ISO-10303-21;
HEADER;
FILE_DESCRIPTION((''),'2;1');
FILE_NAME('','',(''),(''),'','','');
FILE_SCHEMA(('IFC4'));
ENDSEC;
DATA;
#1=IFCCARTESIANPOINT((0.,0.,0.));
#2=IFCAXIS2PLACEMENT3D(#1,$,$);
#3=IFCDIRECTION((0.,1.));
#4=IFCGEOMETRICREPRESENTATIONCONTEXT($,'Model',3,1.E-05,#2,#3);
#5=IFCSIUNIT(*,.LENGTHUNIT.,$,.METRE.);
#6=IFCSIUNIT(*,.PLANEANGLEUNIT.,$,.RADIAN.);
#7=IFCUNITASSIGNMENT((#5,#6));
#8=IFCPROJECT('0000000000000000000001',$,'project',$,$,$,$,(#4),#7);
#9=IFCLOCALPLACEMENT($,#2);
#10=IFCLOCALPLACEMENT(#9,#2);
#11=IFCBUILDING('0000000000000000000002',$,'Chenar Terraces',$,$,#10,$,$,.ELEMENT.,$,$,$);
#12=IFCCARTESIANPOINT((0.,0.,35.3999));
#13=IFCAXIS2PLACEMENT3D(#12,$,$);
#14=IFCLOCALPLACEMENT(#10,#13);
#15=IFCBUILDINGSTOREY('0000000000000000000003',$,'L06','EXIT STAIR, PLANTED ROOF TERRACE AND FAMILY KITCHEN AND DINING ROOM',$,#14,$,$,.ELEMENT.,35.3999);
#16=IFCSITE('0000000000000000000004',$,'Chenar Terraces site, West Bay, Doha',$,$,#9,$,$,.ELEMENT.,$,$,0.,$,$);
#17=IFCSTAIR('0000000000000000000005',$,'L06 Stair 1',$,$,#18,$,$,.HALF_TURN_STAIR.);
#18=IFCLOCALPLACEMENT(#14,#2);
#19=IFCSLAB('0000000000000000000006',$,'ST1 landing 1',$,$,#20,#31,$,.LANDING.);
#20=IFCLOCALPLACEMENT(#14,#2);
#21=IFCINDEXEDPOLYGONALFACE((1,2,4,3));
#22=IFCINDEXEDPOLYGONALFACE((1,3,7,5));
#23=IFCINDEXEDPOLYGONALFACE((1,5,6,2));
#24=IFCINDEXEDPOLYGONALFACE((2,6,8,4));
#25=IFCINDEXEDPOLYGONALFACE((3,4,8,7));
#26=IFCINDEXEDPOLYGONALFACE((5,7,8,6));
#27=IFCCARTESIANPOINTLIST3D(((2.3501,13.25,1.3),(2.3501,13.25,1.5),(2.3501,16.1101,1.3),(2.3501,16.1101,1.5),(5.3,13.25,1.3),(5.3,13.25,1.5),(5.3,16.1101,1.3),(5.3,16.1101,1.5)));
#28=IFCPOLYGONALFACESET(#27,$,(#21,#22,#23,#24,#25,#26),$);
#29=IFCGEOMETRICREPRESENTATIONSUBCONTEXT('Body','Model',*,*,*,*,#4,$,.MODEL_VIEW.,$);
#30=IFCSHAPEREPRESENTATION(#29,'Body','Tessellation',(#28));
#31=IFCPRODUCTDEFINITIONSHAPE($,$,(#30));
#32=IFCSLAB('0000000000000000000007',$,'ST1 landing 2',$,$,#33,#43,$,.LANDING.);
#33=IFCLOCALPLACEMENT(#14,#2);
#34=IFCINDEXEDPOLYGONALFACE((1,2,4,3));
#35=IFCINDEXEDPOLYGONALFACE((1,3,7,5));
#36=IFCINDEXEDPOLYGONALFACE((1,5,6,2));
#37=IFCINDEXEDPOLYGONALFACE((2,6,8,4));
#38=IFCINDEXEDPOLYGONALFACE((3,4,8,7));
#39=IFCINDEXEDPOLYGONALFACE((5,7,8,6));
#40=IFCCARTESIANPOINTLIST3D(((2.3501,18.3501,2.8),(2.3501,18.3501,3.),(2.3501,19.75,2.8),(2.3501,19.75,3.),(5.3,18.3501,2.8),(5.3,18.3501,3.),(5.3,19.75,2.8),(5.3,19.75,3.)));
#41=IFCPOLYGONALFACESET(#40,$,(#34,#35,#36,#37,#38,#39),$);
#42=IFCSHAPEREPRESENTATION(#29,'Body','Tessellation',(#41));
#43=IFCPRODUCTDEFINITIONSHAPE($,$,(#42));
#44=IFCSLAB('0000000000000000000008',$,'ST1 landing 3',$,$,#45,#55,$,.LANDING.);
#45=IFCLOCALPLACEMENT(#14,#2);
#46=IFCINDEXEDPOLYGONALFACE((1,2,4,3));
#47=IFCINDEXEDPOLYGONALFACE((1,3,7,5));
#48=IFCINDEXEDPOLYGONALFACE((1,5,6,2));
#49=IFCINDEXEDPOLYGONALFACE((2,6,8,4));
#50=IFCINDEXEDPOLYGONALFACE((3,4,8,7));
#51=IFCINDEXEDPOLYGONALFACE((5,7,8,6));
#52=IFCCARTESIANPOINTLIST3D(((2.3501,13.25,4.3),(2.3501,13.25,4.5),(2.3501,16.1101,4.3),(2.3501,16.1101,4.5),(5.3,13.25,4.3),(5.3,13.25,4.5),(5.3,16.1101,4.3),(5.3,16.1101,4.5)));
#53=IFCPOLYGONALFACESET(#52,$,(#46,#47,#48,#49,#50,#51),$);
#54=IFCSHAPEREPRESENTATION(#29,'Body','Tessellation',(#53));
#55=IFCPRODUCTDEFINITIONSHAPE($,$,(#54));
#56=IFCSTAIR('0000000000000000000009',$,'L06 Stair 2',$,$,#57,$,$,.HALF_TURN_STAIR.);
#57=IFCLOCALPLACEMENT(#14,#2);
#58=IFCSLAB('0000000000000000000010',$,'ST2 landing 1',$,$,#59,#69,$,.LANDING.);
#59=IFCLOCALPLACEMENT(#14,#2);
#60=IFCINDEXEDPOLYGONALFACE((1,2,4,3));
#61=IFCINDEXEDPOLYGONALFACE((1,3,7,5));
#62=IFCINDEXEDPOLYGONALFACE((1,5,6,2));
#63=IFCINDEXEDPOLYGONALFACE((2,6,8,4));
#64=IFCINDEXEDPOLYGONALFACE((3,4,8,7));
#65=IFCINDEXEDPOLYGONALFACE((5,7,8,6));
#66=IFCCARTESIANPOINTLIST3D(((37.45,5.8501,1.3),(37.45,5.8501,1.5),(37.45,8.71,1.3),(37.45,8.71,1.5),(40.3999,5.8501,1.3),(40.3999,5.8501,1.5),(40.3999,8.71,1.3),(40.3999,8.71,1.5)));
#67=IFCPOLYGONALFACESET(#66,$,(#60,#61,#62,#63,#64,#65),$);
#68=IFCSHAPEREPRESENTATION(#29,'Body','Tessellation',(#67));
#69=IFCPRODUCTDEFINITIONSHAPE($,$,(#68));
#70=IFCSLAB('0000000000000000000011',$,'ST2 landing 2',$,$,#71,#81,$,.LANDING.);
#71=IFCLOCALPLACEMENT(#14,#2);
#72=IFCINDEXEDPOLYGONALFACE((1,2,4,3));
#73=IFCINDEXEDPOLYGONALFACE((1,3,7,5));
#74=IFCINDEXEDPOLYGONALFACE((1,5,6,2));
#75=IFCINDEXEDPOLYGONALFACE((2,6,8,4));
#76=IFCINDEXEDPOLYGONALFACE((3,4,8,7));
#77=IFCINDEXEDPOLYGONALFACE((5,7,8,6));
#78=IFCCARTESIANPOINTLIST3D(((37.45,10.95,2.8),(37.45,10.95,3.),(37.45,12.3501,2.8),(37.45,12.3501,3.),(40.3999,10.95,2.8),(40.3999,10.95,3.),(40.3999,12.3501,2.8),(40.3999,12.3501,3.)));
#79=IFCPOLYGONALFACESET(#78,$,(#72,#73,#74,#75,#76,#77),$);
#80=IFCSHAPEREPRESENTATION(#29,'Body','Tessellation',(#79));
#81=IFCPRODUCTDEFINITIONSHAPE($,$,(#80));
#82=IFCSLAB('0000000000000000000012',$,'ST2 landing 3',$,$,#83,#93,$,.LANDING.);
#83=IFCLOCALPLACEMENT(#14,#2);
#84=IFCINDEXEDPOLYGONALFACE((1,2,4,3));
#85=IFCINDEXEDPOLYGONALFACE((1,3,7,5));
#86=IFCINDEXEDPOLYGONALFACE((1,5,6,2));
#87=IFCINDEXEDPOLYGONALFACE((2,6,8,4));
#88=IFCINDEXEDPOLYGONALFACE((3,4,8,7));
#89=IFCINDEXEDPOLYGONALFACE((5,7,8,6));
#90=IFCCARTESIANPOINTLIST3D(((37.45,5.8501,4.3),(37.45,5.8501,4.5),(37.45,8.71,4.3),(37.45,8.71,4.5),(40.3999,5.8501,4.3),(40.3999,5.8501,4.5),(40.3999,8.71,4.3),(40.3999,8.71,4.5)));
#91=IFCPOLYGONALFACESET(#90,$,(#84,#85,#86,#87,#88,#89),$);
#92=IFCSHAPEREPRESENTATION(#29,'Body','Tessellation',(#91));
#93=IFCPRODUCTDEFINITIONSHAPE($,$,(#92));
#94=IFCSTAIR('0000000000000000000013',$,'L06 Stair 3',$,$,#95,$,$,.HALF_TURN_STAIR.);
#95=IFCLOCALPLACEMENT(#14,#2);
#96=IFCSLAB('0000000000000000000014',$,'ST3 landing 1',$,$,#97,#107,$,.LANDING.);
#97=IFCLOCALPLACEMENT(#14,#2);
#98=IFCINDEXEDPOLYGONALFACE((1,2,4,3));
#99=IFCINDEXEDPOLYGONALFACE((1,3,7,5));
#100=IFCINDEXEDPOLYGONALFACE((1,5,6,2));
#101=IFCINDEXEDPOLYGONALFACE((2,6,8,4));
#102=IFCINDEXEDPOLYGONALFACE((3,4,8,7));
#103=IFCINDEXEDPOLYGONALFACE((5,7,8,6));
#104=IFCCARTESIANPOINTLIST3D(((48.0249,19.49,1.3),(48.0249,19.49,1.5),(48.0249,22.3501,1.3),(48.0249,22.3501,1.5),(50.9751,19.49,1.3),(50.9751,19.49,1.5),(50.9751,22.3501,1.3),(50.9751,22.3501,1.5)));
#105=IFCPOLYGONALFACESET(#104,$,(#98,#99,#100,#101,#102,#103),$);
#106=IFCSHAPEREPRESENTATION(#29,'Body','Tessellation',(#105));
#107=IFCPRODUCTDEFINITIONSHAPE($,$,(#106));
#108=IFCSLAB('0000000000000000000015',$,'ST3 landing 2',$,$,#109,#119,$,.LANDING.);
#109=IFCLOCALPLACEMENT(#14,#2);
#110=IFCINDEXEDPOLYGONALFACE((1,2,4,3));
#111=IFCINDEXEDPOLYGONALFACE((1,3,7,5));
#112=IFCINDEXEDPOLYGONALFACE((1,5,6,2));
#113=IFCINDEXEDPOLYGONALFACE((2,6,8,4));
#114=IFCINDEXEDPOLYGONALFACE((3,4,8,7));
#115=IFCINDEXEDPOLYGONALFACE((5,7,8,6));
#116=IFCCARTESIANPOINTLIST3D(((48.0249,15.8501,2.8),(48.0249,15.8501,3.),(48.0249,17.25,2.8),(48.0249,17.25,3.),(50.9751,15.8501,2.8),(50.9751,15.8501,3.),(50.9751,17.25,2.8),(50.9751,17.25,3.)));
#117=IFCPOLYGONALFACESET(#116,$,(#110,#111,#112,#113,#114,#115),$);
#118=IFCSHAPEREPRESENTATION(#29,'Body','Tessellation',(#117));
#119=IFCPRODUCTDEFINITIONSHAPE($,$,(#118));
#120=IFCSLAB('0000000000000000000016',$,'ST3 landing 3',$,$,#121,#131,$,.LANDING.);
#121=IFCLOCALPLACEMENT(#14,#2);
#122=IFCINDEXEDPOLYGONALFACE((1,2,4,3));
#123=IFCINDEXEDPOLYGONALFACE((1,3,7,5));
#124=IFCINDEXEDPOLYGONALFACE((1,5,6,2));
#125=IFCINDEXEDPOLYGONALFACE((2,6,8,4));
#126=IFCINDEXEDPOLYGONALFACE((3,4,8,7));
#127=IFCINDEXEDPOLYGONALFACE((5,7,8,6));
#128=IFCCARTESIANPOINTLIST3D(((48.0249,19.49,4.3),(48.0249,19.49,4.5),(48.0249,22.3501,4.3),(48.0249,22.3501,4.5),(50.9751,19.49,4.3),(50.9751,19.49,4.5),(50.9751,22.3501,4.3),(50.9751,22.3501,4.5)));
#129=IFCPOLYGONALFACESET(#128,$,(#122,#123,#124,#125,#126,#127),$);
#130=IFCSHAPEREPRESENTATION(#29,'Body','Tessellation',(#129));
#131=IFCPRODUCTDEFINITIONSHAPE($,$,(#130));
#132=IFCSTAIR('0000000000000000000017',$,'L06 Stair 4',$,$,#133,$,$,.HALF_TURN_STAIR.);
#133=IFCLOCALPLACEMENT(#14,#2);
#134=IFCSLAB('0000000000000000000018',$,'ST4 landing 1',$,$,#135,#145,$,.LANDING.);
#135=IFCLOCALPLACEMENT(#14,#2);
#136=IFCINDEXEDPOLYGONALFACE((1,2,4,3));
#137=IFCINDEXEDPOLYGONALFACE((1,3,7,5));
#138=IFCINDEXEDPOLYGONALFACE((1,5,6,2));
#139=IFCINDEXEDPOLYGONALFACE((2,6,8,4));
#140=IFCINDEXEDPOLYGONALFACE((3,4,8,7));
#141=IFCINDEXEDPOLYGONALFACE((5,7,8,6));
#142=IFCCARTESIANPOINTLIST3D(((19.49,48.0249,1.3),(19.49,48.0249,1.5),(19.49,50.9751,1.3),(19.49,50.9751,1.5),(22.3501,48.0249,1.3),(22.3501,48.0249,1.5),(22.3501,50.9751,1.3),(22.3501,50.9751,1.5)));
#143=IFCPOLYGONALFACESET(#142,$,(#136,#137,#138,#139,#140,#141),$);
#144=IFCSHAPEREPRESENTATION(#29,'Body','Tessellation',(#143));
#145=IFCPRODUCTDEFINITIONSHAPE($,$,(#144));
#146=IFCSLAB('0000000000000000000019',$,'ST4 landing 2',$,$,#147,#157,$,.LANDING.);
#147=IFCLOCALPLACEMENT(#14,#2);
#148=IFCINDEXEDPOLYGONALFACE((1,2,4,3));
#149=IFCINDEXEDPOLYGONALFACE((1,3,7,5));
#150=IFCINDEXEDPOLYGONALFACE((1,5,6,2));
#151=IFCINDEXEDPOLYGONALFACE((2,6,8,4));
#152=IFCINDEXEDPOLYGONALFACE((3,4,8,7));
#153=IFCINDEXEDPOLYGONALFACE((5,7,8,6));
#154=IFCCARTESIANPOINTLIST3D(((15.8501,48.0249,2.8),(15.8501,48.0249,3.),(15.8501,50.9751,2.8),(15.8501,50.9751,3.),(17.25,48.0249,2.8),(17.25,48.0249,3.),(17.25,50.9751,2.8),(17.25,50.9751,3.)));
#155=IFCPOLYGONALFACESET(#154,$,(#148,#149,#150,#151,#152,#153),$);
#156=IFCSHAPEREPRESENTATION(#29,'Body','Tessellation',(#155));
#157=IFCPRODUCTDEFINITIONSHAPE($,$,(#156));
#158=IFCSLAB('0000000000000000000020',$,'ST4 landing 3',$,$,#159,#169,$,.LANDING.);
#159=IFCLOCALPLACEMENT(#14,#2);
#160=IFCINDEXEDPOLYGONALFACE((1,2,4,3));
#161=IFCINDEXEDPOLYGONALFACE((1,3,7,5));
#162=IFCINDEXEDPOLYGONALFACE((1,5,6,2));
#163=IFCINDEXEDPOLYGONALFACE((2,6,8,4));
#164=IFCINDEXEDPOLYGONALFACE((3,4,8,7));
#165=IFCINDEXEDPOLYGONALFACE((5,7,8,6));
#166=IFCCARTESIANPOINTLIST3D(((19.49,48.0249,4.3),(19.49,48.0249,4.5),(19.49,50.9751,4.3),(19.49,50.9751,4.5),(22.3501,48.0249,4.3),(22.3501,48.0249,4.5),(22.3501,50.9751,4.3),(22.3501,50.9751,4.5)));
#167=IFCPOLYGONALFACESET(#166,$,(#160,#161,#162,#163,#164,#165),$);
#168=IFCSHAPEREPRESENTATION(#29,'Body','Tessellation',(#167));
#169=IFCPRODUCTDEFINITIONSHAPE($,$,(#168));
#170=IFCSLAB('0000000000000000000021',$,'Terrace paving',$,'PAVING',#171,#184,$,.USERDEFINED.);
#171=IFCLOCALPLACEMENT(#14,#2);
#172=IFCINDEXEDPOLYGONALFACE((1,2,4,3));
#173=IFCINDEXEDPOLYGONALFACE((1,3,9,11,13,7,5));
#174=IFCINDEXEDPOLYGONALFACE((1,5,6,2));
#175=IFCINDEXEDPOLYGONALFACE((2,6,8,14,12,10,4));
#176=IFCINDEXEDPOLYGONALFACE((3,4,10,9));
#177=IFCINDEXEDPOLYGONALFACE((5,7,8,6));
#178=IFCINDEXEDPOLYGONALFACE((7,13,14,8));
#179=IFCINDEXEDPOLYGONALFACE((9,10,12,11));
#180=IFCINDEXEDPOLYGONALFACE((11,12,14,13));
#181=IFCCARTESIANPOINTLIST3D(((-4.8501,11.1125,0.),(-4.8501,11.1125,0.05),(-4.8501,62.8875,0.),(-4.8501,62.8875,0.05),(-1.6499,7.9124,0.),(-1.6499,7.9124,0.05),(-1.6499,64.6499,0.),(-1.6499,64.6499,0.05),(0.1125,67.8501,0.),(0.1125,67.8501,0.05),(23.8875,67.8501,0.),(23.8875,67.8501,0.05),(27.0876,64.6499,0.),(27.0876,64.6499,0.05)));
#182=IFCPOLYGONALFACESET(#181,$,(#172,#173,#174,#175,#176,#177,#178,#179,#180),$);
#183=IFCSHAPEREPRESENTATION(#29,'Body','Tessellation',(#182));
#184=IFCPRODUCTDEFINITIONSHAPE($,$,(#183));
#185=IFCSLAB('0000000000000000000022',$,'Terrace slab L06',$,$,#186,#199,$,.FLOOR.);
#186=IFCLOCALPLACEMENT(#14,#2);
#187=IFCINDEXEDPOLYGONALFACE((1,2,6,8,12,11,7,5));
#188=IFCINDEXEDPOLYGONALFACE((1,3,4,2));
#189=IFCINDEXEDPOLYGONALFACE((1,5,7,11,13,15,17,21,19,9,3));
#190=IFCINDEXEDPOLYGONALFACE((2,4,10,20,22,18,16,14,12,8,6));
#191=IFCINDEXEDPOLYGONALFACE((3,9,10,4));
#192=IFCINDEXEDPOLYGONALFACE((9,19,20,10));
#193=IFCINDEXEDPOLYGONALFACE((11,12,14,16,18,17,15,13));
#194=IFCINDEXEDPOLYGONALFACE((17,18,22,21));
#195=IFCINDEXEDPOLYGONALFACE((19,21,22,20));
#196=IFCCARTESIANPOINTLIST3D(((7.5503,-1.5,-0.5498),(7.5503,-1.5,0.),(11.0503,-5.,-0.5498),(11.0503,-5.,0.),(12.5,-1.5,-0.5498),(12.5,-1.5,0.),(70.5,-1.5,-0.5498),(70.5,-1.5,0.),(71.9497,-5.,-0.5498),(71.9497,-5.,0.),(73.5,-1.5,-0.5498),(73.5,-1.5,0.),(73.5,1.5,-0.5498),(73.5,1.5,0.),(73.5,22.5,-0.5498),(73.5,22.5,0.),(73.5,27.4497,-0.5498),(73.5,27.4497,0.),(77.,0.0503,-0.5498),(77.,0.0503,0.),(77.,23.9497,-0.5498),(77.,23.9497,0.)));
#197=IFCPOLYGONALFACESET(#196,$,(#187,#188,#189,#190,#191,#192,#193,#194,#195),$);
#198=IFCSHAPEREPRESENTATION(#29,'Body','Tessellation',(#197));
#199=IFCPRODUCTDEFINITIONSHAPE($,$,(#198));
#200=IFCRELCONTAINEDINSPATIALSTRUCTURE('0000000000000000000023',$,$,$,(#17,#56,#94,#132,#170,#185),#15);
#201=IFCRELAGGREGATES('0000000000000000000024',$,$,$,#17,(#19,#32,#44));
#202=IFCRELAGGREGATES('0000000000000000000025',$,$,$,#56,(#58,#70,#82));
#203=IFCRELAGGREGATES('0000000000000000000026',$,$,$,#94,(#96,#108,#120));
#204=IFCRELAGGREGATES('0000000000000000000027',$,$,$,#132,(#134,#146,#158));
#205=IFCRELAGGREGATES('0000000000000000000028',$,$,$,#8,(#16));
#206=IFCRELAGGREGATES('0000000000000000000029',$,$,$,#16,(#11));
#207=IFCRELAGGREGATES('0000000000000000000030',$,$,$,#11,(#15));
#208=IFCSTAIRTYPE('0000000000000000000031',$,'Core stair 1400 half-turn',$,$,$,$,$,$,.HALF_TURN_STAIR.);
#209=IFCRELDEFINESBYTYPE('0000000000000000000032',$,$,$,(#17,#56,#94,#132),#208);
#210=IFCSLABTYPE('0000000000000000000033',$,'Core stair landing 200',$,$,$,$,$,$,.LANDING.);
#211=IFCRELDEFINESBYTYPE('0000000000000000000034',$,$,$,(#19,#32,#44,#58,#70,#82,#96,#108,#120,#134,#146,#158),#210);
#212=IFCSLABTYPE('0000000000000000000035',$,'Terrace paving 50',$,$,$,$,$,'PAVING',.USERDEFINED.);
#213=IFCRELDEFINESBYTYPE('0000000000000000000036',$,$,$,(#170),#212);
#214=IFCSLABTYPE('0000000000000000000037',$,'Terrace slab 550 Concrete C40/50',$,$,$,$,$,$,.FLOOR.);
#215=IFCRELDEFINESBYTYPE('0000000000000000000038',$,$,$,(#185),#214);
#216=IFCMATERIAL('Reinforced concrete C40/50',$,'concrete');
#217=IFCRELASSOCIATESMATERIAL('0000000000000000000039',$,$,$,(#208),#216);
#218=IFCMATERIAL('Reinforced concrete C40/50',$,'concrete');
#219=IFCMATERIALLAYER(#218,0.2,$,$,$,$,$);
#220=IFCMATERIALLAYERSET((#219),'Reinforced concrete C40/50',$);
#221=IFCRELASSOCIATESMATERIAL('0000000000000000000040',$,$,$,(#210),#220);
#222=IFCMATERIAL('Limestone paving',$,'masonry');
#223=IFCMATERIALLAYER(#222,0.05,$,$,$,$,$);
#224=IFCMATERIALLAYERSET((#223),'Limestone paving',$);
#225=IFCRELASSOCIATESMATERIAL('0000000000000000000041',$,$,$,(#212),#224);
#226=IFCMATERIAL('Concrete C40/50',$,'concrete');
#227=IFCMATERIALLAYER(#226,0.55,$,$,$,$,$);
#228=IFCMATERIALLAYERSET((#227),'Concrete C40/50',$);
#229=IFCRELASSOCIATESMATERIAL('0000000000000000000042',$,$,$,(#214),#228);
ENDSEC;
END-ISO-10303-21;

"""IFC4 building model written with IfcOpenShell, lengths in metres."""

from ifc_helpers import new_model, si_unit, direction, frame, origin, place, context, subcontext, project, spatial, polyline, outline, extrude, material, layer, layer_set, type_object, element, aggregate, save


model = new_model("IFC4")

# Units and contexts
model_context = context("Model", 3, precision=1e-05, world=origin(), true_north=direction((0.0, 1.0)))
body_context = subcontext(model_context, "Body", "Model", "MODEL_VIEW")
ifc_project = project(units=[si_unit("LENGTHUNIT", "METRE"), si_unit("PLANEANGLEUNIT", "RADIAN")], contexts=[model_context])

# Site, building, storey
site_placement = place(None, origin())
site = spatial("IfcSite", under=ifc_project, at=site_placement, Name="Chenar Terraces site, West Bay, Doha", CompositionType="ELEMENT", RefElevation=0.0)
building_placement = place(site_placement, origin())
building = spatial("IfcBuilding", under=site, at=building_placement, Name="Chenar Terraces", CompositionType="ELEMENT")
storey_placement = place(building_placement, frame((0.0, 0.0, 35.3999)))
storey = spatial("IfcBuildingStorey", under=building, at=storey_placement, Name="L06", Description="EXIT STAIR, PLANTED ROOF TERRACE AND FAMILY KITCHEN AND DINING ROOM", CompositionType="ELEMENT", Elevation=35.3999)

# Stairs, slabs
ifc_material_1 = material(Name="Reinforced concrete C40/50", Category="concrete")
stair_type = type_object("IfcStairType", Name="Core stair 1400 half-turn", PredefinedType="HALF_TURN_STAIR", material=ifc_material_1)
placement_1 = place(storey_placement, origin())
stair_1 = element("IfcStair", 1, at=placement_1, inside=storey, type_object=stair_type, Name="L06 Stair 1", PredefinedType="HALF_TURN_STAIR")
ifc_material_2 = material(Name="Reinforced concrete C40/50", Category="concrete")
ifc_layer_1 = layer(ifc_material_2, 0.2)
ifc_layer_set_1 = layer_set([ifc_layer_1], Name="Reinforced concrete C40/50")
slab_type_1 = type_object("IfcSlabType", Name="Core stair landing 200", PredefinedType="LANDING", material=ifc_layer_set_1)
placement_2 = place(storey_placement, frame((0.0, 0.0, 1.3)))
slab_1 = element("IfcSlab", 2, at=placement_2, type_object=slab_type_1, Name="ST1 landing 1", PredefinedType="LANDING", context=body_context, shape_type="SweptSolid", body=[
    extrude(outline(polyline([(2.3501, 16.1101), (2.3501, 13.25), (5.3, 13.25), (5.3, 16.1101), (2.3501, 16.1101)])), origin(), (0.0, 0.0, 1.0), 0.2),
])
placement_3 = place(storey_placement, frame((0.0, 0.0, 2.8)))
slab_2 = element("IfcSlab", 3, at=placement_3, type_object=slab_type_1, Name="ST1 landing 2", PredefinedType="LANDING", context=body_context, shape_type="SweptSolid", body=[
    extrude(outline(polyline([(2.3501, 19.75), (2.3501, 18.3501), (5.3, 18.3501), (5.3, 19.75), (2.3501, 19.75)])), origin(), (0.0, 0.0, 1.0), 0.2),
])
placement_4 = place(storey_placement, frame((0.0, 0.0, 4.3)))
slab_3 = element("IfcSlab", 4, at=placement_4, type_object=slab_type_1, Name="ST1 landing 3", PredefinedType="LANDING", context=body_context, shape_type="SweptSolid", body=[
    extrude(outline(polyline([(2.3501, 16.1101), (2.3501, 13.25), (5.3, 13.25), (5.3, 16.1101), (2.3501, 16.1101)])), origin(), (0.0, 0.0, 1.0), 0.2),
])
aggregate(stair_1, [slab_1, slab_2, slab_3])
stair_2 = element("IfcStair", 5, at=placement_1, inside=storey, type_object=stair_type, Name="L06 Stair 2", PredefinedType="HALF_TURN_STAIR")
slab_4 = element("IfcSlab", 6, at=placement_2, type_object=slab_type_1, Name="ST2 landing 1", PredefinedType="LANDING", context=body_context, shape_type="SweptSolid", body=[
    extrude(outline(polyline([(37.45, 8.71), (37.45, 5.8501), (40.3999, 5.8501), (40.3999, 8.71), (37.45, 8.71)])), origin(), (0.0, 0.0, 1.0), 0.2),
])
slab_5 = element("IfcSlab", 7, at=placement_3, type_object=slab_type_1, Name="ST2 landing 2", PredefinedType="LANDING", context=body_context, shape_type="SweptSolid", body=[
    extrude(outline(polyline([(37.45, 12.3501), (37.45, 10.95), (40.3999, 10.95), (40.3999, 12.3501), (37.45, 12.3501)])), origin(), (0.0, 0.0, 1.0), 0.2),
])
slab_6 = element("IfcSlab", 8, at=placement_4, type_object=slab_type_1, Name="ST2 landing 3", PredefinedType="LANDING", context=body_context, shape_type="SweptSolid", body=[
    extrude(outline(polyline([(37.45, 8.71), (37.45, 5.8501), (40.3999, 5.8501), (40.3999, 8.71), (37.45, 8.71)])), origin(), (0.0, 0.0, 1.0), 0.2),
])
aggregate(stair_2, [slab_4, slab_5, slab_6])
stair_3 = element("IfcStair", 9, at=placement_1, inside=storey, type_object=stair_type, Name="L06 Stair 3", PredefinedType="HALF_TURN_STAIR")
slab_7 = element("IfcSlab", 10, at=placement_2, type_object=slab_type_1, Name="ST3 landing 1", PredefinedType="LANDING", context=body_context, shape_type="SweptSolid", body=[
    extrude(outline(polyline([(50.9751, 19.49), (50.9751, 22.3501), (48.0249, 22.3501), (48.0249, 19.49), (50.9751, 19.49)])), origin(), (0.0, 0.0, 1.0), 0.2),
])
slab_8 = element("IfcSlab", 11, at=placement_3, type_object=slab_type_1, Name="ST3 landing 2", PredefinedType="LANDING", context=body_context, shape_type="SweptSolid", body=[
    extrude(outline(polyline([(50.9751, 15.8501), (50.9751, 17.25), (48.0249, 17.25), (48.0249, 15.8501), (50.9751, 15.8501)])), origin(), (0.0, 0.0, 1.0), 0.2),
])
slab_9 = element("IfcSlab", 12, at=placement_4, type_object=slab_type_1, Name="ST3 landing 3", PredefinedType="LANDING", context=body_context, shape_type="SweptSolid", body=[
    extrude(outline(polyline([(50.9751, 19.49), (50.9751, 22.3501), (48.0249, 22.3501), (48.0249, 19.49), (50.9751, 19.49)])), origin(), (0.0, 0.0, 1.0), 0.2),
])
aggregate(stair_3, [slab_7, slab_8, slab_9])
stair_4 = element("IfcStair", 13, at=placement_1, inside=storey, type_object=stair_type, Name="L06 Stair 4", PredefinedType="HALF_TURN_STAIR")
slab_10 = element("IfcSlab", 14, at=placement_2, type_object=slab_type_1, Name="ST4 landing 1", PredefinedType="LANDING", context=body_context, shape_type="SweptSolid", body=[
    extrude(outline(polyline([(19.49, 48.0249), (22.3501, 48.0249), (22.3501, 50.9751), (19.49, 50.9751), (19.49, 48.0249)])), origin(), (0.0, 0.0, 1.0), 0.2),
])
slab_11 = element("IfcSlab", 15, at=placement_3, type_object=slab_type_1, Name="ST4 landing 2", PredefinedType="LANDING", context=body_context, shape_type="SweptSolid", body=[
    extrude(outline(polyline([(15.8501, 48.0249), (17.25, 48.0249), (17.25, 50.9751), (15.8501, 50.9751), (15.8501, 48.0249)])), origin(), (0.0, 0.0, 1.0), 0.2),
])
slab_12 = element("IfcSlab", 16, at=placement_4, type_object=slab_type_1, Name="ST4 landing 3", PredefinedType="LANDING", context=body_context, shape_type="SweptSolid", body=[
    extrude(outline(polyline([(19.49, 48.0249), (22.3501, 48.0249), (22.3501, 50.9751), (19.49, 50.9751), (19.49, 48.0249)])), origin(), (0.0, 0.0, 1.0), 0.2),
])
aggregate(stair_4, [slab_10, slab_11, slab_12])

# Slabs
placement_5 = place(storey_placement, frame((0.0, 0.0, -0.5498)))
ifc_material_3 = material(Name="Limestone paving", Category="masonry")
ifc_layer_2 = layer(ifc_material_3, 0.05)
ifc_layer_set_2 = layer_set([ifc_layer_2], Name="Limestone paving")
slab_type_2 = type_object("IfcSlabType", Name="Terrace paving 50", ElementType="PAVING", PredefinedType="USERDEFINED", material=ifc_layer_set_2)
element("IfcSlab", 17, at=placement_1, inside=storey, type_object=slab_type_2, Name="Terrace paving", ObjectType="PAVING", PredefinedType="USERDEFINED", context=body_context, shape_type="SweptSolid", body=[
    extrude(outline(polyline([(-4.8501, 11.1125), (-4.8501, 62.8875), (0.1125, 67.8501), (23.8875, 67.8501), (27.0876, 64.6499), (-1.6499, 64.6499), (-1.6499, 7.9124), (-4.8501, 11.1125)])), origin(), (0.0, 0.0, 1.0), 0.05),
])
ifc_material_4 = material(Name="Concrete C40/50", Category="concrete")
ifc_layer_3 = layer(ifc_material_4, 0.55)
ifc_layer_set_3 = layer_set([ifc_layer_3], Name="Concrete C40/50")
slab_type_3 = type_object("IfcSlabType", Name="Terrace slab 550 Concrete C40/50", PredefinedType="FLOOR", material=ifc_layer_set_3)
element("IfcSlab", 18, at=placement_5, inside=storey, type_object=slab_type_3, Name="Terrace slab L06", PredefinedType="FLOOR", context=body_context, shape_type="SweptSolid", body=[
    extrude(outline(polyline([(71.9497, -5.0), (11.0503, -5.0), (7.5503, -1.5), (12.5, -1.5), (70.5, -1.5), (73.5, -1.5), (73.5, 1.5), (73.5, 22.5), (73.5, 27.4497), (77.0, 23.9497), (77.0, 0.0503), (71.9497, -5.0)])), origin(), (0.0, 0.0, 1.0), 0.5498),
])

save(model, "model.ifc")
